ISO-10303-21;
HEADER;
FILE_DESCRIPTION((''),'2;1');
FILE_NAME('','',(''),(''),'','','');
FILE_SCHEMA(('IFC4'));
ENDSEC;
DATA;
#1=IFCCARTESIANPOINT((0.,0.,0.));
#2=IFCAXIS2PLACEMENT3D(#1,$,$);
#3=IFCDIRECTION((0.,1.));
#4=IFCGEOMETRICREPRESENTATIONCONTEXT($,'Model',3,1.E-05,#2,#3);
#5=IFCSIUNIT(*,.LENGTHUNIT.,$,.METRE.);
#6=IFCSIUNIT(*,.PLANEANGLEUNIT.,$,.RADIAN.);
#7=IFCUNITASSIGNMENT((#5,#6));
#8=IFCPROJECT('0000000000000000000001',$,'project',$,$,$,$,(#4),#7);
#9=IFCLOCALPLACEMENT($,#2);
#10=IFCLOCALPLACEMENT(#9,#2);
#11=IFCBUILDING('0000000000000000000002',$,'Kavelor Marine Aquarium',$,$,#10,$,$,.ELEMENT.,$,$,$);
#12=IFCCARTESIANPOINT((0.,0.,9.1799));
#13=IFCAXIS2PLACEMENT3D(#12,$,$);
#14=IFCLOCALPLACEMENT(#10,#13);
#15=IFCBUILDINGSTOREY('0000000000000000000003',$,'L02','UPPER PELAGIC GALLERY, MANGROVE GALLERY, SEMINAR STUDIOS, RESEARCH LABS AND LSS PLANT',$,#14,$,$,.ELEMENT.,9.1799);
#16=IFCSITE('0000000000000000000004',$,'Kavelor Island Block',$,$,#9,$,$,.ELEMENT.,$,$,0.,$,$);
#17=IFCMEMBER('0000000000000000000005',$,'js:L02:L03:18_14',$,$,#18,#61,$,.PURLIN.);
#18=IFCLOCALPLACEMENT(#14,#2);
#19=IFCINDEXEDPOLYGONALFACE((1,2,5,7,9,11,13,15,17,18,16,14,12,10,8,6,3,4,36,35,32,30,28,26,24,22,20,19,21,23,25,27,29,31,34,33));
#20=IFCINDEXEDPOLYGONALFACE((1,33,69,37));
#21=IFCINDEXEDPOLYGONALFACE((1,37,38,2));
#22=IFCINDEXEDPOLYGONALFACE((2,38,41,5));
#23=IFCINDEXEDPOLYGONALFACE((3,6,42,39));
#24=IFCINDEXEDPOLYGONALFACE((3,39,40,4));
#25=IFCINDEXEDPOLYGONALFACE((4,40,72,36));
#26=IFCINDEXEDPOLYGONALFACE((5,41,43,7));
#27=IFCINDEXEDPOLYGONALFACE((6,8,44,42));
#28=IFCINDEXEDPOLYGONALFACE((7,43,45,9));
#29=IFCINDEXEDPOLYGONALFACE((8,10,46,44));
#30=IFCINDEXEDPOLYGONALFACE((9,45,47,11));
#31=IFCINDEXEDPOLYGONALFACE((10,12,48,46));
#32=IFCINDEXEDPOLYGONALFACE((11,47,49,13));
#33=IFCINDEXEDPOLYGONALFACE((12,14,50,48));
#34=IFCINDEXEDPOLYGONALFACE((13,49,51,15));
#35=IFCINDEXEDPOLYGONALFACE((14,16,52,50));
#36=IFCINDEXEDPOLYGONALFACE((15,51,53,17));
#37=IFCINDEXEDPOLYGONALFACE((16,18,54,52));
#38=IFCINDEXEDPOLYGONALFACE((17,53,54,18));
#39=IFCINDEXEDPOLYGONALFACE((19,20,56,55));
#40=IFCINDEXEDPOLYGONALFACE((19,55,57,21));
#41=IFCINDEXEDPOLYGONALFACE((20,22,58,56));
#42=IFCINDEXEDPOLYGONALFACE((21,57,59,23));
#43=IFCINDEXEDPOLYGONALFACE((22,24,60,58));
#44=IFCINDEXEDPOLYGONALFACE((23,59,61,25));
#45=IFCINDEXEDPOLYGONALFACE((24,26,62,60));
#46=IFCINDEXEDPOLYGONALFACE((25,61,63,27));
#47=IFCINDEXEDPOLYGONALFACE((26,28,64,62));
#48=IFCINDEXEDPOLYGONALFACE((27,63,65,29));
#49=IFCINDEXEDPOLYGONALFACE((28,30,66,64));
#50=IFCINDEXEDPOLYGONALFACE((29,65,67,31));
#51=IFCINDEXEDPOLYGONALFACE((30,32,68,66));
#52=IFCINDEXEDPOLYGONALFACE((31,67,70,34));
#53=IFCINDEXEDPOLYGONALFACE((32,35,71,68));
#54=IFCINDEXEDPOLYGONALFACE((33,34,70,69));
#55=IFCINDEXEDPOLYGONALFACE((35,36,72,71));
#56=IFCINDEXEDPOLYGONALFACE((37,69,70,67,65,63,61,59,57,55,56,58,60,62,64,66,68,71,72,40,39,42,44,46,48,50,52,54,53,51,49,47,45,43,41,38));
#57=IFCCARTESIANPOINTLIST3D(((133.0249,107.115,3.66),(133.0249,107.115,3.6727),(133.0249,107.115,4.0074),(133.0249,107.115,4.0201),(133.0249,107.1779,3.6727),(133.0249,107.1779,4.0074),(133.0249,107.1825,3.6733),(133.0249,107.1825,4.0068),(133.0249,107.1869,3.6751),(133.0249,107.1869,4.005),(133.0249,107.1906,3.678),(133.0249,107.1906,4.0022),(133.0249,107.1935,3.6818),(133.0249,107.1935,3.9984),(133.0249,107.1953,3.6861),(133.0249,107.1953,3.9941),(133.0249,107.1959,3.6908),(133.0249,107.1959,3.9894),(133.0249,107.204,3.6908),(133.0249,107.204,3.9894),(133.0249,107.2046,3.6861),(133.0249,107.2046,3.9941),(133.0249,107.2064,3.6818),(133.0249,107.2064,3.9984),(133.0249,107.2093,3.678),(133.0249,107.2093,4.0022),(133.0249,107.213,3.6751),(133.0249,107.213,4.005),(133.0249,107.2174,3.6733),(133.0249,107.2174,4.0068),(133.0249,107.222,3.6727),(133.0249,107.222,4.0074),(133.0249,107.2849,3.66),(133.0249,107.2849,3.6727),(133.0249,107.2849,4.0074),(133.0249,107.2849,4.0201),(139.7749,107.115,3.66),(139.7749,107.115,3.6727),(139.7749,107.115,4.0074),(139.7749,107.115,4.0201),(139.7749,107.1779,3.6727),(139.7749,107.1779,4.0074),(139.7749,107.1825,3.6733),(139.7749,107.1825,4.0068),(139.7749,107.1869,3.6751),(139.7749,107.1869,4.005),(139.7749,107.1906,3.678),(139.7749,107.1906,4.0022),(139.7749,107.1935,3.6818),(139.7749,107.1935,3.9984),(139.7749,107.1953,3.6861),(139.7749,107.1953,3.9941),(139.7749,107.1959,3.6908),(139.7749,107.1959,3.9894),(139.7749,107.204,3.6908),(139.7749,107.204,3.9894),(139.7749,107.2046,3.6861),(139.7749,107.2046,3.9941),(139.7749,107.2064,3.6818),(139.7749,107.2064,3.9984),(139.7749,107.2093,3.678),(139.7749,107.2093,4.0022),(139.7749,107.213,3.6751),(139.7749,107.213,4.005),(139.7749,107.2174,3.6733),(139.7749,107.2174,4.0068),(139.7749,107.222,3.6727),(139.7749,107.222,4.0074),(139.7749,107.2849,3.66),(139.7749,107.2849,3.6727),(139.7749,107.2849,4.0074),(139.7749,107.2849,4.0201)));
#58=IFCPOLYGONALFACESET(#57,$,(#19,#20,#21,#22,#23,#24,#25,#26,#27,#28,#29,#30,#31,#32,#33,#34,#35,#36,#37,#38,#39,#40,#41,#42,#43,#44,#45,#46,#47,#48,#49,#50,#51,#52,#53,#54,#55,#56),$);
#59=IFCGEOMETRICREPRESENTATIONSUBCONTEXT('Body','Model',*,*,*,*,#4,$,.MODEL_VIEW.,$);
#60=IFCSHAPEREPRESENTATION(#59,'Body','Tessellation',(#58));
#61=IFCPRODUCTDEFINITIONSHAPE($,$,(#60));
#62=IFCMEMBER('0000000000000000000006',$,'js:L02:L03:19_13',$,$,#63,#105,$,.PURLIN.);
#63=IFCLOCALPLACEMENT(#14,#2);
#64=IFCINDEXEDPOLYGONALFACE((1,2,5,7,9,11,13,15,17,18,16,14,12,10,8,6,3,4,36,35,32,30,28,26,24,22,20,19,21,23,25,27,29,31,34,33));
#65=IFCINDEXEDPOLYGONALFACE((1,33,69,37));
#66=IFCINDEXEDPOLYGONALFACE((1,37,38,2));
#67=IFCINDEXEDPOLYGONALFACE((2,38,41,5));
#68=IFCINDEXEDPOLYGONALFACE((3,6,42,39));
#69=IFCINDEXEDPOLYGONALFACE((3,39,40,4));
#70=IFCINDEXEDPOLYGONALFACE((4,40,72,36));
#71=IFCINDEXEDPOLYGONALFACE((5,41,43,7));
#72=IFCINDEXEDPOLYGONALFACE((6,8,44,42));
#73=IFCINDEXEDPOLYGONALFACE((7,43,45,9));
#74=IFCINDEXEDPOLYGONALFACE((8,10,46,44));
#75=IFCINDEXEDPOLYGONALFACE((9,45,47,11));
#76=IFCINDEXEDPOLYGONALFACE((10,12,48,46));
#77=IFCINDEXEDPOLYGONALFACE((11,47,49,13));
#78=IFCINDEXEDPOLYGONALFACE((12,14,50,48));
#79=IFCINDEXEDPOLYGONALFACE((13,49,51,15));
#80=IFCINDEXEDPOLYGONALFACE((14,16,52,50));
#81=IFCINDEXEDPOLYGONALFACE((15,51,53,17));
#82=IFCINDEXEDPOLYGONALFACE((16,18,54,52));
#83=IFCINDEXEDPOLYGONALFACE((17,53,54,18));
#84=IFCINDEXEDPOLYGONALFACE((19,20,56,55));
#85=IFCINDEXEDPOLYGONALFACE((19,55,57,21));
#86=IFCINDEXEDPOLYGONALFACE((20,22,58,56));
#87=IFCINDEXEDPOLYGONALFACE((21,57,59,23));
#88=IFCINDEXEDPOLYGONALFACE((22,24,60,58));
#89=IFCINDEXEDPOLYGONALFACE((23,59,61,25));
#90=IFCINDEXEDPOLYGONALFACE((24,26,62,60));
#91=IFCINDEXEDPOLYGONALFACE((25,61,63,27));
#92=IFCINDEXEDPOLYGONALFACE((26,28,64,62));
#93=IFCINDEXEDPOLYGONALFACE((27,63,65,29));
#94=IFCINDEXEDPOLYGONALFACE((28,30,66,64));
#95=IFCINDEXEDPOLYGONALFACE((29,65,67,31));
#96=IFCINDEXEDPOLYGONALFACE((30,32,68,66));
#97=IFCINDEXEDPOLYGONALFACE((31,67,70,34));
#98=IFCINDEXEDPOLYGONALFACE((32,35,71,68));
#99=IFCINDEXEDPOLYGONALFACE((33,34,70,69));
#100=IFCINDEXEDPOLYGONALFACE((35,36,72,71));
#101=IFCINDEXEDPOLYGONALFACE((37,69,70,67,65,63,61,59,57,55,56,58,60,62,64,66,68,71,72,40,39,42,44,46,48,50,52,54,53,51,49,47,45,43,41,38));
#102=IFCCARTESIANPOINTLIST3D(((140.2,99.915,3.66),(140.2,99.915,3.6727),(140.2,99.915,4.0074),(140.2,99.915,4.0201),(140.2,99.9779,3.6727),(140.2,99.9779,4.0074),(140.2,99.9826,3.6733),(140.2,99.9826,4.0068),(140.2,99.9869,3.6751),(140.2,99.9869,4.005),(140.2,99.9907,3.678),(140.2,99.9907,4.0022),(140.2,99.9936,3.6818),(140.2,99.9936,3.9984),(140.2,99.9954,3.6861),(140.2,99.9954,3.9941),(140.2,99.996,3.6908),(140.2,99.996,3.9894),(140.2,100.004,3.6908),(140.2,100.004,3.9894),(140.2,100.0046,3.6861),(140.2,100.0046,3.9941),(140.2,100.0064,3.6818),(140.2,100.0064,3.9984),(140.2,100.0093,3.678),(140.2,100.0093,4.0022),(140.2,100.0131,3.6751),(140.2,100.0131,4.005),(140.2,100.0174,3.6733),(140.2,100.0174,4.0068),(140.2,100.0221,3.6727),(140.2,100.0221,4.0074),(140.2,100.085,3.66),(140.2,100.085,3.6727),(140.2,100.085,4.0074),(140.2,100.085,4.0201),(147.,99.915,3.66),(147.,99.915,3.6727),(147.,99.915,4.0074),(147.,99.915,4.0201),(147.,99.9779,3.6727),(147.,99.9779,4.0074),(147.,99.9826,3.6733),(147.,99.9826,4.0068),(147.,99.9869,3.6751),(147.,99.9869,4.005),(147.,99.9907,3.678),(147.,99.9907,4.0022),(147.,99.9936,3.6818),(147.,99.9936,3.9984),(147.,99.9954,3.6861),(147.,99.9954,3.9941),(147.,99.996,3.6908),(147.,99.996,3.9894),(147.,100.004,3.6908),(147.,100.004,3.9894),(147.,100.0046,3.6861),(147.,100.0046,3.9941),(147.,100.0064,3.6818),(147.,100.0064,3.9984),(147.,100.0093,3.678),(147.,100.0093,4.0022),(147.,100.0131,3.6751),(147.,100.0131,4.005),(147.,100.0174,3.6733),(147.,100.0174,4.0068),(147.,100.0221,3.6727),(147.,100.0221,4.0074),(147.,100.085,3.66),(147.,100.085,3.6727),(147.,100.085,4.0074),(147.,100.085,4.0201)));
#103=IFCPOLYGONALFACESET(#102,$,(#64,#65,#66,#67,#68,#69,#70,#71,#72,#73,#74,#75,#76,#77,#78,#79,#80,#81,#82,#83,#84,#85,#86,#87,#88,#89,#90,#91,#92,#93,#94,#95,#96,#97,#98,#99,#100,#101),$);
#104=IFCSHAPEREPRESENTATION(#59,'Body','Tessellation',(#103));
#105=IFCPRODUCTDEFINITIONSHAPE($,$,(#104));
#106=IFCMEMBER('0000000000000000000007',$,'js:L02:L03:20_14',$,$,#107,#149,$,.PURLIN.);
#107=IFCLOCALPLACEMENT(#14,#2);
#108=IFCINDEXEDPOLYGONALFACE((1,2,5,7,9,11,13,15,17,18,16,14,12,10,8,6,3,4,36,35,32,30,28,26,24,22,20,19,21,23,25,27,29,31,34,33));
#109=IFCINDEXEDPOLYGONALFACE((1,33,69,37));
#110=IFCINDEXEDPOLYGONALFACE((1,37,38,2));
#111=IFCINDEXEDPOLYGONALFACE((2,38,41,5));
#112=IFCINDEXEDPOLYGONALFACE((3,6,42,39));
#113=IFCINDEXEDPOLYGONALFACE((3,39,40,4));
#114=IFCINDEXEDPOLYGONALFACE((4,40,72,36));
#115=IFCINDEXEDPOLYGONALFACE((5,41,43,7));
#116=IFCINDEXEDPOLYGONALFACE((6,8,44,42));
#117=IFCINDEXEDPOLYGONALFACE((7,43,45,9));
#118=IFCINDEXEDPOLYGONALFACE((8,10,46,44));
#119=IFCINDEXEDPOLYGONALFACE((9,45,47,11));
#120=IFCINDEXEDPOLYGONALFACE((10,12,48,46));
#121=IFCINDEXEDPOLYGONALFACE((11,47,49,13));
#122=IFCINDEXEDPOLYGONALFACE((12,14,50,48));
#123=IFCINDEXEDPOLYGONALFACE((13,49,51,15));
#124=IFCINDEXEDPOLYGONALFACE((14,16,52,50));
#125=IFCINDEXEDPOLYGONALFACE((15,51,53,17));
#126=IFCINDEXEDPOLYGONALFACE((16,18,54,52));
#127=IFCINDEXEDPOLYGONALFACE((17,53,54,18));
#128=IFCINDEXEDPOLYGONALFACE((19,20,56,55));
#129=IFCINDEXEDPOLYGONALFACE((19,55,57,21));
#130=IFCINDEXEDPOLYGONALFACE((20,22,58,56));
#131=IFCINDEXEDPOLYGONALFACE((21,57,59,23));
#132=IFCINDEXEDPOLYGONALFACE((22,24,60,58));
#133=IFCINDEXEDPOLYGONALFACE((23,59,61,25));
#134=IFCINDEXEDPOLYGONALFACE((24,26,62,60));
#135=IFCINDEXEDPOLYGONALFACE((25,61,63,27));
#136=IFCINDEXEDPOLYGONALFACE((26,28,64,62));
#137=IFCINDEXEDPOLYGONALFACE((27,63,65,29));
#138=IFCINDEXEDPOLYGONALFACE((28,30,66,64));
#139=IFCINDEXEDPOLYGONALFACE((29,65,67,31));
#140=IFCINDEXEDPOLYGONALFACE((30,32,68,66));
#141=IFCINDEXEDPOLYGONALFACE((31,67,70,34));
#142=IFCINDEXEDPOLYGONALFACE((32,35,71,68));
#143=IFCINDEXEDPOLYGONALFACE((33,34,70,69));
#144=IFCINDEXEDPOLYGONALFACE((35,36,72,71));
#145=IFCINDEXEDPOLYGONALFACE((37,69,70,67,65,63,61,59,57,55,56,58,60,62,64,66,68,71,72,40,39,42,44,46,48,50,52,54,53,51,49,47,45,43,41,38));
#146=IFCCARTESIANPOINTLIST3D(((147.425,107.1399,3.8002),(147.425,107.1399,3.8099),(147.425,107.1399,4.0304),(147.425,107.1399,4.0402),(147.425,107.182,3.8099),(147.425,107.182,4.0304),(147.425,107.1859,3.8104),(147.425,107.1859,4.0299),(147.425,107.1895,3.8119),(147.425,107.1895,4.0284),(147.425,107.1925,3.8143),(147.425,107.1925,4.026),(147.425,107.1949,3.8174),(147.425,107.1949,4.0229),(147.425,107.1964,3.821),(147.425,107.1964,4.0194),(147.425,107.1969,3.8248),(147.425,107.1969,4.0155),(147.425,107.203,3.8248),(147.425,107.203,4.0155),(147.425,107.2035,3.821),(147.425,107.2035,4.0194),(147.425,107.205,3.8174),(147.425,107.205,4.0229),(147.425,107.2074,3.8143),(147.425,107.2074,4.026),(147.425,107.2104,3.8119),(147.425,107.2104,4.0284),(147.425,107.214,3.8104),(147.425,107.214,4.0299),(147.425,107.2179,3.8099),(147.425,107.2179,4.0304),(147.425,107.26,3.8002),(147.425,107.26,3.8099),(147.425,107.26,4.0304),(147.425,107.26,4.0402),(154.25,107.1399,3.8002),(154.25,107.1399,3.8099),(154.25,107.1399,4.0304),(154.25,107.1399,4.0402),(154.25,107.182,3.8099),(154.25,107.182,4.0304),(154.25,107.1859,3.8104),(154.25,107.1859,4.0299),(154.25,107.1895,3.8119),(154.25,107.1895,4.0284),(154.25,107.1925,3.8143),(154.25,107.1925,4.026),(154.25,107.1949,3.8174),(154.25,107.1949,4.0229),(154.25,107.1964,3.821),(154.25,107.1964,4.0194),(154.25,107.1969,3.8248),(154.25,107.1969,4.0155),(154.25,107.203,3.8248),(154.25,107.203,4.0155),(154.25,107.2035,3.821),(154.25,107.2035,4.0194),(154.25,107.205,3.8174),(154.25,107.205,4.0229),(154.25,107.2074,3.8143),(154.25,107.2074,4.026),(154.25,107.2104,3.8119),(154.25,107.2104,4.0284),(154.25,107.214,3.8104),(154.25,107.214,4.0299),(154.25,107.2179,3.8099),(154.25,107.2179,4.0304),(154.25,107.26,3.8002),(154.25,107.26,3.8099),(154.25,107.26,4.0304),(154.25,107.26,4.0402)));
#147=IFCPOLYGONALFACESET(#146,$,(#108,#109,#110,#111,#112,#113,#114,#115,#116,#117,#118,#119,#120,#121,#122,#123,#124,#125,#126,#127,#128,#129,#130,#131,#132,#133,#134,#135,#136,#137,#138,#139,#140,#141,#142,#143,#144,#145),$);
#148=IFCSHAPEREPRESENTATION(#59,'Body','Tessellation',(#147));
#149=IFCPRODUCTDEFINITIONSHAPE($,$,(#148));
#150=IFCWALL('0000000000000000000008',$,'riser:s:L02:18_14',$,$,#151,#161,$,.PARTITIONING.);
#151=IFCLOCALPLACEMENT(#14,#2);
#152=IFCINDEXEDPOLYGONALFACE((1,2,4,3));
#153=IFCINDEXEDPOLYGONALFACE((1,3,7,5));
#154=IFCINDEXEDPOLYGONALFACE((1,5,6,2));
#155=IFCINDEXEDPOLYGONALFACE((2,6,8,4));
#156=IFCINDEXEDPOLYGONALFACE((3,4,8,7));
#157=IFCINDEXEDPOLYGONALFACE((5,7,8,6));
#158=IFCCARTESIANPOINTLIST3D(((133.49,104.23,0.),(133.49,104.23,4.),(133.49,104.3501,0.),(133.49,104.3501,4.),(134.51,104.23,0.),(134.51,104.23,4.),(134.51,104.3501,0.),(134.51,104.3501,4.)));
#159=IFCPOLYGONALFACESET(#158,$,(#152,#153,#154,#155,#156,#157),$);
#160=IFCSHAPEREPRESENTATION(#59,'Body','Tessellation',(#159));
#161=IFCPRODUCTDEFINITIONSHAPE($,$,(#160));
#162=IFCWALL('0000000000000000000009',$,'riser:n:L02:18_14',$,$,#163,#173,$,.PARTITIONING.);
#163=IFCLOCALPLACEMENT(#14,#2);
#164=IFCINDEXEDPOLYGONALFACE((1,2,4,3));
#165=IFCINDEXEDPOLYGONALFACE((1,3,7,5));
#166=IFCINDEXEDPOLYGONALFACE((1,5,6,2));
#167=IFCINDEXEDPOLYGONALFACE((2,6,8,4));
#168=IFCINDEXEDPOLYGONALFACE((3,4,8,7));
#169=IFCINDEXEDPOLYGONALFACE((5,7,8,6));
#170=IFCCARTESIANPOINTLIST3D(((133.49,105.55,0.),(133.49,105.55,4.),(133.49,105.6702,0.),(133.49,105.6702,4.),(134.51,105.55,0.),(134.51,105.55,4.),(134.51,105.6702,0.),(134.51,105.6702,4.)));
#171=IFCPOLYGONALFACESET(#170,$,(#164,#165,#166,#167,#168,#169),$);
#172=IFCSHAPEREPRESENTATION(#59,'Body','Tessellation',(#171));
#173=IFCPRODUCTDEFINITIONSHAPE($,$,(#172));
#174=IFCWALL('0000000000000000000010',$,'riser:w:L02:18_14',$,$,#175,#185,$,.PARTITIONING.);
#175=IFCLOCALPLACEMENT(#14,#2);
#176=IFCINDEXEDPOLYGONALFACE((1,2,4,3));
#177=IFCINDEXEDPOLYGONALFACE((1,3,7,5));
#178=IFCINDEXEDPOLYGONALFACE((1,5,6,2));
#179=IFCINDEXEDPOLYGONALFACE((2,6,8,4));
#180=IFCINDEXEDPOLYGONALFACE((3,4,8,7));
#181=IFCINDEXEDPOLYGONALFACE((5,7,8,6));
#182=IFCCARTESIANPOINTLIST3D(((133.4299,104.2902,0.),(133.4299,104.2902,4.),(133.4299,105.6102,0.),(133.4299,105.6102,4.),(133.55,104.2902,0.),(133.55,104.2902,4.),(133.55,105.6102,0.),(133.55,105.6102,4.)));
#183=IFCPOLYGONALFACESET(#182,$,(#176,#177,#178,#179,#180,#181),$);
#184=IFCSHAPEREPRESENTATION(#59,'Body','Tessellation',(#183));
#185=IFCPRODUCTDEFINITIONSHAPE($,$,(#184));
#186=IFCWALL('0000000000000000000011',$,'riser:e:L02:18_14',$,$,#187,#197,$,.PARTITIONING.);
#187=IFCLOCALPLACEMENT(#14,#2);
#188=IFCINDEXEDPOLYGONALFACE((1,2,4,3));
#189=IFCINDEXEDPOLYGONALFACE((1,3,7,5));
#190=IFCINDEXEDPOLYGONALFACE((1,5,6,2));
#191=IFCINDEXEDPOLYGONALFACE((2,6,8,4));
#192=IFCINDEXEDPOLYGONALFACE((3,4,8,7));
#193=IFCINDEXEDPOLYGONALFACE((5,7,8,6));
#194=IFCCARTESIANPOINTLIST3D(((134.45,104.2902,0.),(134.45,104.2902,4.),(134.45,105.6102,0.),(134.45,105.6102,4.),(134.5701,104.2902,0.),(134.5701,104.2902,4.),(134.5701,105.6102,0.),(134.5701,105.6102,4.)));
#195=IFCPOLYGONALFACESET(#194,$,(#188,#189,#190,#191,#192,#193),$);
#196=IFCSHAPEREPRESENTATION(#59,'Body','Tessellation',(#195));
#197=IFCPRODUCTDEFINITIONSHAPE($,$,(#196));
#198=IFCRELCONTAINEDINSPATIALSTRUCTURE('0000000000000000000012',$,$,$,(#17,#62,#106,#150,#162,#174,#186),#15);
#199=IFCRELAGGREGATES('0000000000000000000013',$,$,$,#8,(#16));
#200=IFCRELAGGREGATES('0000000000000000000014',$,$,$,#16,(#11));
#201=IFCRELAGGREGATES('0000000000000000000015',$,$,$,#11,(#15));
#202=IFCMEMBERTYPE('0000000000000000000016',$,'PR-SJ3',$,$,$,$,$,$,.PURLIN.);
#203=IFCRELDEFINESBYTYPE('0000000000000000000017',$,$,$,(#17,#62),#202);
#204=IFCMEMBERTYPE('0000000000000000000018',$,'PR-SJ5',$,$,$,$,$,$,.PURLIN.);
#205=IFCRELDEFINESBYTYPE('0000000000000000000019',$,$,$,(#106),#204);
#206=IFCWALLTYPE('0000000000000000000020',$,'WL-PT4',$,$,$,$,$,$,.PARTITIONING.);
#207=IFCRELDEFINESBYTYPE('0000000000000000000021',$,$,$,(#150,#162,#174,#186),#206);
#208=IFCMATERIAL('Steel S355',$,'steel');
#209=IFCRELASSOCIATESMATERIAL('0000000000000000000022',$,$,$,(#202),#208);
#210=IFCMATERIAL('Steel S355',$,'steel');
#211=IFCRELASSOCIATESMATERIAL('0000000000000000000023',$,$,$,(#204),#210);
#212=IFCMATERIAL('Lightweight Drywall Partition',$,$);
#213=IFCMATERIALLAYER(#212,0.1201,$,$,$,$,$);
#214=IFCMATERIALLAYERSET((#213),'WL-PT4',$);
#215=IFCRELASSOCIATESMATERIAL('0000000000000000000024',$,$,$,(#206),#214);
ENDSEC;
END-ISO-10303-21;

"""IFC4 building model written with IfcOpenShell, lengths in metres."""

from ifc_helpers import new_model, si_unit, direction, frame, frame_2d, origin, origin_2d, place, context, subcontext, project, spatial, rectangle, i_section, extrude, material, layer, layer_set, material_profile, profile_set, type_object, element, save


model = new_model("IFC4")

# Units and contexts
model_context = context("Model", 3, precision=1e-05, world=origin(), true_north=direction((0.0, 1.0)))
body_context = subcontext(model_context, "Body", "Model", "MODEL_VIEW")
ifc_project = project(units=[si_unit("LENGTHUNIT", "METRE"), si_unit("PLANEANGLEUNIT", "RADIAN")], contexts=[model_context])

# Site, building, storey
site_placement = place(None, origin())
site = spatial("IfcSite", under=ifc_project, at=site_placement, Name="Kavelor Island Block", CompositionType="ELEMENT", RefElevation=0.0)
building_placement = place(site_placement, origin())
building = spatial("IfcBuilding", under=site, at=building_placement, Name="Kavelor Marine Aquarium", CompositionType="ELEMENT")
storey_placement = place(building_placement, frame((0.0, 0.0, 9.1799)))
storey = spatial("IfcBuildingStorey", under=building, at=storey_placement, Name="L02", Description="UPPER PELAGIC GALLERY, MANGROVE GALLERY, SEMINAR STUDIOS, RESEARCH LABS AND LSS PLANT", CompositionType="ELEMENT", Elevation=9.1799)

# Members
ifc_material_1 = material(Name="Steel S355", Category="steel")
ifc_material_profile_1 = material_profile(ifc_material_1, i_section(OverallWidth=0.1699, OverallDepth=0.3601, WebThickness=0.0081, FlangeThickness=0.0127, FilletRadius=0.0181, at=origin_2d()), Name="IPE 360")
ifc_profile_set_1 = profile_set([ifc_material_profile_1], Name="Steel S355")
member_type_1 = type_object("IfcMemberType", Name="PR-SJ3", PredefinedType="PURLIN", material=ifc_profile_set_1)
member_1_placement = place(storey_placement, frame((133.0249, 107.2, 3.8401), z_axis=(1.0, 0.0, 0.0), x_axis=(0.0, 1.0, 0.0)))
element("IfcMember", 1, at=member_1_placement, inside=storey, type_object=member_type_1, Name="js:L02:L03:18_14", PredefinedType="PURLIN", context=body_context, shape_type="SweptSolid", body=[
    extrude(i_section(OverallWidth=0.1699, OverallDepth=0.3601, WebThickness=0.0081, FlangeThickness=0.0127, FilletRadius=0.0181, at=origin_2d()), origin(), (0.0, 0.0, 1.0), 6.75),
])
member_2_placement = place(storey_placement, frame((140.2, 100.0, 3.8401), z_axis=(1.0, 0.0, 0.0), x_axis=(0.0, 1.0, 0.0)))
element("IfcMember", 2, at=member_2_placement, inside=storey, type_object=member_type_1, Name="js:L02:L03:19_13", PredefinedType="PURLIN", context=body_context, shape_type="SweptSolid", body=[
    extrude(i_section(OverallWidth=0.1699, OverallDepth=0.3601, WebThickness=0.0081, FlangeThickness=0.0127, FilletRadius=0.0181, at=origin_2d()), origin(), (0.0, 0.0, 1.0), 6.8),
])
ifc_material_2 = material(Name="Steel S355", Category="steel")
ifc_material_profile_2 = material_profile(ifc_material_2, i_section(OverallWidth=0.1201, OverallDepth=0.24, WebThickness=0.0061, FlangeThickness=0.0098, FilletRadius=0.0149, at=origin_2d()), Name="IPE 240")
ifc_profile_set_2 = profile_set([ifc_material_profile_2], Name="Steel S355")
member_type_2 = type_object("IfcMemberType", Name="PR-SJ5", PredefinedType="PURLIN", material=ifc_profile_set_2)
member_3_placement = place(storey_placement, frame((147.425, 107.2, 3.9202), z_axis=(1.0, 0.0, 0.0), x_axis=(0.0, 1.0, 0.0)))
element("IfcMember", 3, at=member_3_placement, inside=storey, type_object=member_type_2, Name="js:L02:L03:20_14", PredefinedType="PURLIN", context=body_context, shape_type="SweptSolid", body=[
    extrude(i_section(OverallWidth=0.1201, OverallDepth=0.24, WebThickness=0.0061, FlangeThickness=0.0098, FilletRadius=0.0149, at=origin_2d()), origin(), (0.0, 0.0, 1.0), 6.825),
])

# Walls
ifc_material_3 = material(Name="Lightweight Drywall Partition")
ifc_layer_1 = layer(ifc_material_3, 0.1201)
ifc_layer_set_1 = layer_set([ifc_layer_1], Name="WL-PT4")
wall_type_1 = type_object("IfcWallType", Name="WL-PT4", PredefinedType="PARTITIONING", material=ifc_layer_set_1)
for number, where, z_axis, x_axis, name in (
    (4, (133.49, 104.29, 0.0), (0.0, 0.0, 1.0), (1.0, 0.0, 0.0), "riser:s:L02:18_14"),
    (5, (133.49, 105.6101, 0.0), (0.0, 0.0, 1.0), (1.0, 0.0, 0.0), "riser:n:L02:18_14"),
):
    element("IfcWall", number, at=place(storey_placement, frame(where, z_axis=z_axis, x_axis=x_axis)), inside=storey, type_object=wall_type_1, Name=name, PredefinedType="PARTITIONING", context=body_context, shape_type="SweptSolid", body=[
        extrude(rectangle(XDim=1.02, YDim=0.1201, at=frame_2d((0.51, 0.0))), origin(), (0.0, 0.0, 1.0), 4.0),
    ])
for number, where, z_axis, x_axis, name in (
    (6, (133.49, 104.29, 0.0), (0.0, 0.0, 1.0), (0.0, 1.0, 0.0), "riser:w:L02:18_14"),
    (7, (134.51, 104.29, 0.0), (0.0, 0.0, 1.0), (0.0, 1.0, 0.0), "riser:e:L02:18_14"),
):
    element("IfcWall", number, at=place(storey_placement, frame(where, z_axis=z_axis, x_axis=x_axis)), inside=storey, type_object=wall_type_1, Name=name, PredefinedType="PARTITIONING", context=body_context, shape_type="SweptSolid", body=[
        extrude(rectangle(XDim=1.3201, YDim=0.1201, at=frame_2d((0.6602, 0.0))), origin(), (0.0, 0.0, 1.0), 4.0),
    ])

save(model, "model.ifc")
